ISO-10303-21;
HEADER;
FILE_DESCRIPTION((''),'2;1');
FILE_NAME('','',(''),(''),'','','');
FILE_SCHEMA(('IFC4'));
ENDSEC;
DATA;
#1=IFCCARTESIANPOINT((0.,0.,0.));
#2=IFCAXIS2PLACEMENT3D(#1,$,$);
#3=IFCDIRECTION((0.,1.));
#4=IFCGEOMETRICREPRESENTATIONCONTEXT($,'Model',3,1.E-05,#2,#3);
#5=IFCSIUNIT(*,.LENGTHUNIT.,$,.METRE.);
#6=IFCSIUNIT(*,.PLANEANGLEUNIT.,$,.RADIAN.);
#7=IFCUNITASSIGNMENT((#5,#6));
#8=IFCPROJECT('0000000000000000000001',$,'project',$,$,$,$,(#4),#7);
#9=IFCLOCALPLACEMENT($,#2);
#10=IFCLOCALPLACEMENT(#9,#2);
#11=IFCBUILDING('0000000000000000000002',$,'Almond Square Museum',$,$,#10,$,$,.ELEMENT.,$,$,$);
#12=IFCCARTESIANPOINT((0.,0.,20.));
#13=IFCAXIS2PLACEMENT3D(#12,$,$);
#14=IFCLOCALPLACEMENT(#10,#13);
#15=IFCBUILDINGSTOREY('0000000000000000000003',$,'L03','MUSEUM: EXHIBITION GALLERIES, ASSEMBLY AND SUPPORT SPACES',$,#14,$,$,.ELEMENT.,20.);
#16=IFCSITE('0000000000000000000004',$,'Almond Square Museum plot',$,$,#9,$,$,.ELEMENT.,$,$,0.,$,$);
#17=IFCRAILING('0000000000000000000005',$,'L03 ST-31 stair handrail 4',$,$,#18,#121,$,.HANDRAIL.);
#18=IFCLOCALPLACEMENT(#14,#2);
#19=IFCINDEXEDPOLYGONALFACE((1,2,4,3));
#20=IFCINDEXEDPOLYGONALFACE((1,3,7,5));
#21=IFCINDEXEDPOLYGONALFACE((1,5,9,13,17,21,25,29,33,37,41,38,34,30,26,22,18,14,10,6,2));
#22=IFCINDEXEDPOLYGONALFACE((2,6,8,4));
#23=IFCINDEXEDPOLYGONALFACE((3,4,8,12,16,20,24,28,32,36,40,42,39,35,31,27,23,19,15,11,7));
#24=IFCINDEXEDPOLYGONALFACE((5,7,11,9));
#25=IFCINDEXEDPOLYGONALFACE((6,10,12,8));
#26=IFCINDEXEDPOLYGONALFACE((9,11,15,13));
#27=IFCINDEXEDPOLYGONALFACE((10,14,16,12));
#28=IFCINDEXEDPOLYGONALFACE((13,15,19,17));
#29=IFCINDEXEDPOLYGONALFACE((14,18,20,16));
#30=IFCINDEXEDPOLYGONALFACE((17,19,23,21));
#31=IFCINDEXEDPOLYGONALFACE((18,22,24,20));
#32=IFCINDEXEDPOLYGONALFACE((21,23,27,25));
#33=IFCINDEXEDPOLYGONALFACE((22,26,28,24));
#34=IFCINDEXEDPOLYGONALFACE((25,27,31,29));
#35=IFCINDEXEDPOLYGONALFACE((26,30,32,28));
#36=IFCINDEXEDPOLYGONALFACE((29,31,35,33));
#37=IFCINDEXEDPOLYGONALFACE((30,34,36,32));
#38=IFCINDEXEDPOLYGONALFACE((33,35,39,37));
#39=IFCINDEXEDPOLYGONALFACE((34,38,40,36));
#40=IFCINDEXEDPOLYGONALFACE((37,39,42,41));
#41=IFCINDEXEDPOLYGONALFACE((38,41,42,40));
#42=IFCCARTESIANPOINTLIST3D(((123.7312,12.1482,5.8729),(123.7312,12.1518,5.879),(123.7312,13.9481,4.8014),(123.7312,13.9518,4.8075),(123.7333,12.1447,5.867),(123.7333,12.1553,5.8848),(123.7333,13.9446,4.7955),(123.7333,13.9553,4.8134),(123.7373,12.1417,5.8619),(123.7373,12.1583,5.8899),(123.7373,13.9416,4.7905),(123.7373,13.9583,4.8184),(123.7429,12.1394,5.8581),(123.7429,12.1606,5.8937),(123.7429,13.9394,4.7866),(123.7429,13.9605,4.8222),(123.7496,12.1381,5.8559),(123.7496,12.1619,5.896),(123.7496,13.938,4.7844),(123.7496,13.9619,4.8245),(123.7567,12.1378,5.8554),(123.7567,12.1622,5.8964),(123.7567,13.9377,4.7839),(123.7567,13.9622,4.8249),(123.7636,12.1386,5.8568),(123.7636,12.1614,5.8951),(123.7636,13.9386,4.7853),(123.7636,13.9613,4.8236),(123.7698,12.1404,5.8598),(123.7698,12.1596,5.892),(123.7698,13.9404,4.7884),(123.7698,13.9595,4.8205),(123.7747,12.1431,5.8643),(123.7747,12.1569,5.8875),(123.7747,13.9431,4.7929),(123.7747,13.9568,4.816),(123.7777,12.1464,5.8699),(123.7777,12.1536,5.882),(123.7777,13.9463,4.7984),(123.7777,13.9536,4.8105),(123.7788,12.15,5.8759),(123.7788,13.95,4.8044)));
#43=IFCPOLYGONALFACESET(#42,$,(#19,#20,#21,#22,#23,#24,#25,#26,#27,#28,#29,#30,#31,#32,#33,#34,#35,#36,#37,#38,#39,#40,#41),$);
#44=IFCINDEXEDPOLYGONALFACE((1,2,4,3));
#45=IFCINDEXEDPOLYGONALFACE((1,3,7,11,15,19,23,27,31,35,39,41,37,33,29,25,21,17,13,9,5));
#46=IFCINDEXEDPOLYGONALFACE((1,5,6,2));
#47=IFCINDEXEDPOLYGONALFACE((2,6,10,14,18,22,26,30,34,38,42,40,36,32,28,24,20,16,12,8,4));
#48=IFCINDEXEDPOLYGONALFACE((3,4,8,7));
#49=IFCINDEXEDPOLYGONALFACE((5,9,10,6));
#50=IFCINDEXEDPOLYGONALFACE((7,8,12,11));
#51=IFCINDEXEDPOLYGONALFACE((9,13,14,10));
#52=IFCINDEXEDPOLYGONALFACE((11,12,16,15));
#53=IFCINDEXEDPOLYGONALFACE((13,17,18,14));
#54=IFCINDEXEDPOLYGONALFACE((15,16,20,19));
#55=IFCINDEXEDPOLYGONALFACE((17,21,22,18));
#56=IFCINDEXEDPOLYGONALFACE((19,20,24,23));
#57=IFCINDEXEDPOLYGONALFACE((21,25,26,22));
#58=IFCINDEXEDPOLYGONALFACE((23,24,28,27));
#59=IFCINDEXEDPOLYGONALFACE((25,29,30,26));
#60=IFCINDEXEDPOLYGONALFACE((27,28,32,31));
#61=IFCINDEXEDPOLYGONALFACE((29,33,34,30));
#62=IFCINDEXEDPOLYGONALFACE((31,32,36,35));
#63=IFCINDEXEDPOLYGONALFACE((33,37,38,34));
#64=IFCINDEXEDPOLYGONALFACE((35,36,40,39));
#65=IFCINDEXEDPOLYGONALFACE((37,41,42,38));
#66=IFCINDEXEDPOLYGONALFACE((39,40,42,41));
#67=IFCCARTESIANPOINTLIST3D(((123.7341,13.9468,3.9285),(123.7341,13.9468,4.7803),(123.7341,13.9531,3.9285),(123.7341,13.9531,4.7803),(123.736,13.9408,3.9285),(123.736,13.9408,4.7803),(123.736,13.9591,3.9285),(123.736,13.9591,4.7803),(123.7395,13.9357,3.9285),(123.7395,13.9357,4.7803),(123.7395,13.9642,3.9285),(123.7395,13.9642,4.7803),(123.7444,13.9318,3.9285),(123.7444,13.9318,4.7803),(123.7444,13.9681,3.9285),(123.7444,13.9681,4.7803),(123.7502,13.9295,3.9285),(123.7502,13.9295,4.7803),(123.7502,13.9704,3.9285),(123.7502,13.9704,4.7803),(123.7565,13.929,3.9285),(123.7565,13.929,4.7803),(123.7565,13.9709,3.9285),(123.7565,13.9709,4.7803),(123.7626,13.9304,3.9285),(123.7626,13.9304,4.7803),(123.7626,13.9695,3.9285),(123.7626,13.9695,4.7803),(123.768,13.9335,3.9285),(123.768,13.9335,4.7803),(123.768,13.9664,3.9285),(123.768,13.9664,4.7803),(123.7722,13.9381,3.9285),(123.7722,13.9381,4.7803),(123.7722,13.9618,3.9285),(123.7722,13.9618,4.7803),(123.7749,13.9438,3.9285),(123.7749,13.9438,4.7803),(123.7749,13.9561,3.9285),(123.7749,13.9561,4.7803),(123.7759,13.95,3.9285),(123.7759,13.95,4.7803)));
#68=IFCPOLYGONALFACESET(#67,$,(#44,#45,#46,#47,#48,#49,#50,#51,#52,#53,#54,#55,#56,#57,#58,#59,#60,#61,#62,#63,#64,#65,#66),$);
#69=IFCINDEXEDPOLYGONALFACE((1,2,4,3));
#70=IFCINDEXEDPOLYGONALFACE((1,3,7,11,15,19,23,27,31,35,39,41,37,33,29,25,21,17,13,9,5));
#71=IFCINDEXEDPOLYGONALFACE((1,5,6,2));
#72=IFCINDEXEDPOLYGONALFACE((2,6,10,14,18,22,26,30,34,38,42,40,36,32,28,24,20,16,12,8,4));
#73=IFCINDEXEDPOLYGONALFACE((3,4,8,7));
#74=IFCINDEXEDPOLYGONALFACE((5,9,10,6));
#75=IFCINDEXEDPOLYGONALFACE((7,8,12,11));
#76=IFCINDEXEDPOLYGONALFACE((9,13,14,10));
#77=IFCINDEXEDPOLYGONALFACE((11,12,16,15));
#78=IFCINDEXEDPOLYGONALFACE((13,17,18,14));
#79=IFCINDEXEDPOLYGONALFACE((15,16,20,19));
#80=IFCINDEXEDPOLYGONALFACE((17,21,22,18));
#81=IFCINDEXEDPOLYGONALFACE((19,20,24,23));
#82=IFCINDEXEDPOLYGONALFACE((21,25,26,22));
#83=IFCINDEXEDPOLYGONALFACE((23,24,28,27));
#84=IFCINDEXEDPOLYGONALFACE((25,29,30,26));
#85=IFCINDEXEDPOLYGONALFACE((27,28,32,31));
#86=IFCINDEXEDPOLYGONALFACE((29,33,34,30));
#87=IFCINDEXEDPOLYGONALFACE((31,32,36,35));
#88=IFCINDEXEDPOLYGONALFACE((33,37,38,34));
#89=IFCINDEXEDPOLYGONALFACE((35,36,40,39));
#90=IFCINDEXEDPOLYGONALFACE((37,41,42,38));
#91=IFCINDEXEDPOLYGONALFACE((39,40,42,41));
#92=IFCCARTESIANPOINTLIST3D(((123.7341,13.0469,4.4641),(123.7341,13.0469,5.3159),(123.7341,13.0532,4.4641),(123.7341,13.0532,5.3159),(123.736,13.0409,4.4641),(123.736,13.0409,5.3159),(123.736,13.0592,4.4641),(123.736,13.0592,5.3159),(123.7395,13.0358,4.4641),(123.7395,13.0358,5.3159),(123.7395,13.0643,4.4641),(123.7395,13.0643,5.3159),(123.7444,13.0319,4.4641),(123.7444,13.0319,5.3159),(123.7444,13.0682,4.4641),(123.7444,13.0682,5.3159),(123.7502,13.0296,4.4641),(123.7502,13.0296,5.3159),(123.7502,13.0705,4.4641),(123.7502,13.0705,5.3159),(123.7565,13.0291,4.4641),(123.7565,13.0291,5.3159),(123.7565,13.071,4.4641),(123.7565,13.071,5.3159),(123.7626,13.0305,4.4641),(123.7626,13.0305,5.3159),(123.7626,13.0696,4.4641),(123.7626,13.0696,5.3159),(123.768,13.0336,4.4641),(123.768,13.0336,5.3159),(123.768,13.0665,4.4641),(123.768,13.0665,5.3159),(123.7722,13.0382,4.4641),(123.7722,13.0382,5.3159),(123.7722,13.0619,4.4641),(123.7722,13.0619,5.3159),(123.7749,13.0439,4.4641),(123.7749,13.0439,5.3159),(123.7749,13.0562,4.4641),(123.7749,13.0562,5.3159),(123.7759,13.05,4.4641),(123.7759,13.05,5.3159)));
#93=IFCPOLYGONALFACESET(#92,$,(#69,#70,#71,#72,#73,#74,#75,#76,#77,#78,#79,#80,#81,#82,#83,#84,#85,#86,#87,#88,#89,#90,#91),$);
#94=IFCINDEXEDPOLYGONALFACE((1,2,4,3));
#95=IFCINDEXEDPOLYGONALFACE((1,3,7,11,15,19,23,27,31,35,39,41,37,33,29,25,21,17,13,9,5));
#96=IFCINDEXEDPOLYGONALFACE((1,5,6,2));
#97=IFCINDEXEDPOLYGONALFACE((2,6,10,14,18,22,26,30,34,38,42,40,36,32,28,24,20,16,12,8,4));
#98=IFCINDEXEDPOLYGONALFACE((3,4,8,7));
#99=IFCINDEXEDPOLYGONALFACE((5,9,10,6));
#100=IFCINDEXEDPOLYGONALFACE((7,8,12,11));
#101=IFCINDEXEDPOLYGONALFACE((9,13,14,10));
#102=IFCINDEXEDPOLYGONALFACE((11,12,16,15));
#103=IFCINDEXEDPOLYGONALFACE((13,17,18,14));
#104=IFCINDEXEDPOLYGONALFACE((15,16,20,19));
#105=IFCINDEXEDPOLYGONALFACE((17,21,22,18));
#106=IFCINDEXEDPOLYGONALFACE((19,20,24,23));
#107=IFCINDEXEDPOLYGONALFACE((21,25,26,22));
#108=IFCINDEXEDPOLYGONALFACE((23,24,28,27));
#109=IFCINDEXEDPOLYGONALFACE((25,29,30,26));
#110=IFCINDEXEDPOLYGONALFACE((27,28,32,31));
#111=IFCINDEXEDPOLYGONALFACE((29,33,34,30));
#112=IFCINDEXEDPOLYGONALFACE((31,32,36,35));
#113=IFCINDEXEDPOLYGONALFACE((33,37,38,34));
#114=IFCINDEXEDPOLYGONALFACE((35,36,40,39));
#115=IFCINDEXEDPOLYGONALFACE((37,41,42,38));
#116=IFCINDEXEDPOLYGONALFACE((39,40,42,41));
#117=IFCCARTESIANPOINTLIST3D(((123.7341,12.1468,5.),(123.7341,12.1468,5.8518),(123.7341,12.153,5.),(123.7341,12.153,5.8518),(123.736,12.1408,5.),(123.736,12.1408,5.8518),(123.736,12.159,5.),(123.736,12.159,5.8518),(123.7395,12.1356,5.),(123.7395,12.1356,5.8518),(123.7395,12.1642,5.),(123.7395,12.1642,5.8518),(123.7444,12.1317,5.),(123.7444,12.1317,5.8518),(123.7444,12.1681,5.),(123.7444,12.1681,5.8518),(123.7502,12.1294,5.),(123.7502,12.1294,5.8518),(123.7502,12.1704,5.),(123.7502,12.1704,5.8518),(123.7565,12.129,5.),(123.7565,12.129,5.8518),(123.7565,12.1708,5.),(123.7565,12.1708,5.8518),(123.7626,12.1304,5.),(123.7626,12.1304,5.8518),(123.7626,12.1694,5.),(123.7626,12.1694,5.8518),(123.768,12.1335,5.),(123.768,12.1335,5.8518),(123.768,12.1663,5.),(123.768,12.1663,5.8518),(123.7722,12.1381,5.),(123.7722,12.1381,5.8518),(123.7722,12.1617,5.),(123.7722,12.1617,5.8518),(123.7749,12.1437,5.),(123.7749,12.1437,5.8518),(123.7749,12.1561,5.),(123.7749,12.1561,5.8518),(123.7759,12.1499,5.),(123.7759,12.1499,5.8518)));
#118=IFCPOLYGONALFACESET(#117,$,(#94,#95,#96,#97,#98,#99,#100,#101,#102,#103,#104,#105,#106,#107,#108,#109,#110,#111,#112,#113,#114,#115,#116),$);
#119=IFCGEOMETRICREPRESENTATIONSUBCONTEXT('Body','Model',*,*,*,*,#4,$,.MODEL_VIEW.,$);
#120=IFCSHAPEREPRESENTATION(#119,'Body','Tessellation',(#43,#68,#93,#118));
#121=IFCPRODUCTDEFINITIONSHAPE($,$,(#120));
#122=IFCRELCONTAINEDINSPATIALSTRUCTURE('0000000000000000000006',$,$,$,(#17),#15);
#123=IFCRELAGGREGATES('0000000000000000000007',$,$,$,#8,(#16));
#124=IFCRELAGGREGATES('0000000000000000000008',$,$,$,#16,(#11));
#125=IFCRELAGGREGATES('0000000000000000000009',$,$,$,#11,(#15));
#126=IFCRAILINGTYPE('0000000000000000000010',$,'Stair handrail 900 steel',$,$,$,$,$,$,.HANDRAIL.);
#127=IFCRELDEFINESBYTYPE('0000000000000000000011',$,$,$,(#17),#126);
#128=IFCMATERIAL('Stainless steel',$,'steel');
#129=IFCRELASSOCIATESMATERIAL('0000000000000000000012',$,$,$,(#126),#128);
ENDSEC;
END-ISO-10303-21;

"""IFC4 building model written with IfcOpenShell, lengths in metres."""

from ifc_helpers import new_model, si_unit, direction, frame, origin, origin_2d, place, context, subcontext, project, spatial, circle, extrude, material, type_object, element, save


model = new_model("IFC4")

# Units and contexts
model_context = context("Model", 3, precision=1e-05, world=origin(), true_north=direction((0.0, 1.0)))
body_context = subcontext(model_context, "Body", "Model", "MODEL_VIEW")
ifc_project = project(units=[si_unit("LENGTHUNIT", "METRE"), si_unit("PLANEANGLEUNIT", "RADIAN")], contexts=[model_context])

# Site, building, storey
site_placement = place(None, origin())
site = spatial("IfcSite", under=ifc_project, at=site_placement, Name="Almond Square Museum plot", CompositionType="ELEMENT", RefElevation=0.0)
building_placement = place(site_placement, origin())
building = spatial("IfcBuilding", under=site, at=building_placement, Name="Almond Square Museum", CompositionType="ELEMENT")
storey_placement = place(building_placement, frame((0.0, 0.0, 20.0)))
storey = spatial("IfcBuildingStorey", under=building, at=storey_placement, Name="L03", Description="MUSEUM: EXHIBITION GALLERIES, ASSEMBLY AND SUPPORT SPACES", CompositionType="ELEMENT", Elevation=20.0)

# Railing
ifc_material_1 = material(Name="Stainless steel", Category="steel")
railing_type_1 = type_object("IfcRailingType", Name="Stair handrail 900 steel", PredefinedType="HANDRAIL", material=ifc_material_1)
railing_1_placement = place(storey_placement, frame((123.7549, 13.95, 3.9285)))
element("IfcRailing", 1, at=railing_1_placement, inside=storey, type_object=railing_type_1, Name="L03 ST-31 stair handrail 4", PredefinedType="HANDRAIL", context=body_context, shape_type="SweptSolid", body=[
    extrude(circle(Radius=0.0239, at=origin_2d()), frame((0.0, 0.0, 0.876), z_axis=(0.0, -0.859277, 0.51151), x_axis=(1.0, 0.0, 0.0)), (0.0, 0.0, 1.0), 2.0947),
    extrude(circle(Radius=0.021, at=origin_2d()), origin(), (0.0, 0.0, 1.0), 0.8518),
    extrude(circle(Radius=0.021, at=origin_2d()), frame((0.0, -0.8999, 0.5356)), (0.0, 0.0, 1.0), 0.8518),
    extrude(circle(Radius=0.021, at=origin_2d()), frame((0.0, -1.8, 1.0715)), (0.0, 0.0, 1.0), 0.8518),
])

save(model, "model.ifc")
